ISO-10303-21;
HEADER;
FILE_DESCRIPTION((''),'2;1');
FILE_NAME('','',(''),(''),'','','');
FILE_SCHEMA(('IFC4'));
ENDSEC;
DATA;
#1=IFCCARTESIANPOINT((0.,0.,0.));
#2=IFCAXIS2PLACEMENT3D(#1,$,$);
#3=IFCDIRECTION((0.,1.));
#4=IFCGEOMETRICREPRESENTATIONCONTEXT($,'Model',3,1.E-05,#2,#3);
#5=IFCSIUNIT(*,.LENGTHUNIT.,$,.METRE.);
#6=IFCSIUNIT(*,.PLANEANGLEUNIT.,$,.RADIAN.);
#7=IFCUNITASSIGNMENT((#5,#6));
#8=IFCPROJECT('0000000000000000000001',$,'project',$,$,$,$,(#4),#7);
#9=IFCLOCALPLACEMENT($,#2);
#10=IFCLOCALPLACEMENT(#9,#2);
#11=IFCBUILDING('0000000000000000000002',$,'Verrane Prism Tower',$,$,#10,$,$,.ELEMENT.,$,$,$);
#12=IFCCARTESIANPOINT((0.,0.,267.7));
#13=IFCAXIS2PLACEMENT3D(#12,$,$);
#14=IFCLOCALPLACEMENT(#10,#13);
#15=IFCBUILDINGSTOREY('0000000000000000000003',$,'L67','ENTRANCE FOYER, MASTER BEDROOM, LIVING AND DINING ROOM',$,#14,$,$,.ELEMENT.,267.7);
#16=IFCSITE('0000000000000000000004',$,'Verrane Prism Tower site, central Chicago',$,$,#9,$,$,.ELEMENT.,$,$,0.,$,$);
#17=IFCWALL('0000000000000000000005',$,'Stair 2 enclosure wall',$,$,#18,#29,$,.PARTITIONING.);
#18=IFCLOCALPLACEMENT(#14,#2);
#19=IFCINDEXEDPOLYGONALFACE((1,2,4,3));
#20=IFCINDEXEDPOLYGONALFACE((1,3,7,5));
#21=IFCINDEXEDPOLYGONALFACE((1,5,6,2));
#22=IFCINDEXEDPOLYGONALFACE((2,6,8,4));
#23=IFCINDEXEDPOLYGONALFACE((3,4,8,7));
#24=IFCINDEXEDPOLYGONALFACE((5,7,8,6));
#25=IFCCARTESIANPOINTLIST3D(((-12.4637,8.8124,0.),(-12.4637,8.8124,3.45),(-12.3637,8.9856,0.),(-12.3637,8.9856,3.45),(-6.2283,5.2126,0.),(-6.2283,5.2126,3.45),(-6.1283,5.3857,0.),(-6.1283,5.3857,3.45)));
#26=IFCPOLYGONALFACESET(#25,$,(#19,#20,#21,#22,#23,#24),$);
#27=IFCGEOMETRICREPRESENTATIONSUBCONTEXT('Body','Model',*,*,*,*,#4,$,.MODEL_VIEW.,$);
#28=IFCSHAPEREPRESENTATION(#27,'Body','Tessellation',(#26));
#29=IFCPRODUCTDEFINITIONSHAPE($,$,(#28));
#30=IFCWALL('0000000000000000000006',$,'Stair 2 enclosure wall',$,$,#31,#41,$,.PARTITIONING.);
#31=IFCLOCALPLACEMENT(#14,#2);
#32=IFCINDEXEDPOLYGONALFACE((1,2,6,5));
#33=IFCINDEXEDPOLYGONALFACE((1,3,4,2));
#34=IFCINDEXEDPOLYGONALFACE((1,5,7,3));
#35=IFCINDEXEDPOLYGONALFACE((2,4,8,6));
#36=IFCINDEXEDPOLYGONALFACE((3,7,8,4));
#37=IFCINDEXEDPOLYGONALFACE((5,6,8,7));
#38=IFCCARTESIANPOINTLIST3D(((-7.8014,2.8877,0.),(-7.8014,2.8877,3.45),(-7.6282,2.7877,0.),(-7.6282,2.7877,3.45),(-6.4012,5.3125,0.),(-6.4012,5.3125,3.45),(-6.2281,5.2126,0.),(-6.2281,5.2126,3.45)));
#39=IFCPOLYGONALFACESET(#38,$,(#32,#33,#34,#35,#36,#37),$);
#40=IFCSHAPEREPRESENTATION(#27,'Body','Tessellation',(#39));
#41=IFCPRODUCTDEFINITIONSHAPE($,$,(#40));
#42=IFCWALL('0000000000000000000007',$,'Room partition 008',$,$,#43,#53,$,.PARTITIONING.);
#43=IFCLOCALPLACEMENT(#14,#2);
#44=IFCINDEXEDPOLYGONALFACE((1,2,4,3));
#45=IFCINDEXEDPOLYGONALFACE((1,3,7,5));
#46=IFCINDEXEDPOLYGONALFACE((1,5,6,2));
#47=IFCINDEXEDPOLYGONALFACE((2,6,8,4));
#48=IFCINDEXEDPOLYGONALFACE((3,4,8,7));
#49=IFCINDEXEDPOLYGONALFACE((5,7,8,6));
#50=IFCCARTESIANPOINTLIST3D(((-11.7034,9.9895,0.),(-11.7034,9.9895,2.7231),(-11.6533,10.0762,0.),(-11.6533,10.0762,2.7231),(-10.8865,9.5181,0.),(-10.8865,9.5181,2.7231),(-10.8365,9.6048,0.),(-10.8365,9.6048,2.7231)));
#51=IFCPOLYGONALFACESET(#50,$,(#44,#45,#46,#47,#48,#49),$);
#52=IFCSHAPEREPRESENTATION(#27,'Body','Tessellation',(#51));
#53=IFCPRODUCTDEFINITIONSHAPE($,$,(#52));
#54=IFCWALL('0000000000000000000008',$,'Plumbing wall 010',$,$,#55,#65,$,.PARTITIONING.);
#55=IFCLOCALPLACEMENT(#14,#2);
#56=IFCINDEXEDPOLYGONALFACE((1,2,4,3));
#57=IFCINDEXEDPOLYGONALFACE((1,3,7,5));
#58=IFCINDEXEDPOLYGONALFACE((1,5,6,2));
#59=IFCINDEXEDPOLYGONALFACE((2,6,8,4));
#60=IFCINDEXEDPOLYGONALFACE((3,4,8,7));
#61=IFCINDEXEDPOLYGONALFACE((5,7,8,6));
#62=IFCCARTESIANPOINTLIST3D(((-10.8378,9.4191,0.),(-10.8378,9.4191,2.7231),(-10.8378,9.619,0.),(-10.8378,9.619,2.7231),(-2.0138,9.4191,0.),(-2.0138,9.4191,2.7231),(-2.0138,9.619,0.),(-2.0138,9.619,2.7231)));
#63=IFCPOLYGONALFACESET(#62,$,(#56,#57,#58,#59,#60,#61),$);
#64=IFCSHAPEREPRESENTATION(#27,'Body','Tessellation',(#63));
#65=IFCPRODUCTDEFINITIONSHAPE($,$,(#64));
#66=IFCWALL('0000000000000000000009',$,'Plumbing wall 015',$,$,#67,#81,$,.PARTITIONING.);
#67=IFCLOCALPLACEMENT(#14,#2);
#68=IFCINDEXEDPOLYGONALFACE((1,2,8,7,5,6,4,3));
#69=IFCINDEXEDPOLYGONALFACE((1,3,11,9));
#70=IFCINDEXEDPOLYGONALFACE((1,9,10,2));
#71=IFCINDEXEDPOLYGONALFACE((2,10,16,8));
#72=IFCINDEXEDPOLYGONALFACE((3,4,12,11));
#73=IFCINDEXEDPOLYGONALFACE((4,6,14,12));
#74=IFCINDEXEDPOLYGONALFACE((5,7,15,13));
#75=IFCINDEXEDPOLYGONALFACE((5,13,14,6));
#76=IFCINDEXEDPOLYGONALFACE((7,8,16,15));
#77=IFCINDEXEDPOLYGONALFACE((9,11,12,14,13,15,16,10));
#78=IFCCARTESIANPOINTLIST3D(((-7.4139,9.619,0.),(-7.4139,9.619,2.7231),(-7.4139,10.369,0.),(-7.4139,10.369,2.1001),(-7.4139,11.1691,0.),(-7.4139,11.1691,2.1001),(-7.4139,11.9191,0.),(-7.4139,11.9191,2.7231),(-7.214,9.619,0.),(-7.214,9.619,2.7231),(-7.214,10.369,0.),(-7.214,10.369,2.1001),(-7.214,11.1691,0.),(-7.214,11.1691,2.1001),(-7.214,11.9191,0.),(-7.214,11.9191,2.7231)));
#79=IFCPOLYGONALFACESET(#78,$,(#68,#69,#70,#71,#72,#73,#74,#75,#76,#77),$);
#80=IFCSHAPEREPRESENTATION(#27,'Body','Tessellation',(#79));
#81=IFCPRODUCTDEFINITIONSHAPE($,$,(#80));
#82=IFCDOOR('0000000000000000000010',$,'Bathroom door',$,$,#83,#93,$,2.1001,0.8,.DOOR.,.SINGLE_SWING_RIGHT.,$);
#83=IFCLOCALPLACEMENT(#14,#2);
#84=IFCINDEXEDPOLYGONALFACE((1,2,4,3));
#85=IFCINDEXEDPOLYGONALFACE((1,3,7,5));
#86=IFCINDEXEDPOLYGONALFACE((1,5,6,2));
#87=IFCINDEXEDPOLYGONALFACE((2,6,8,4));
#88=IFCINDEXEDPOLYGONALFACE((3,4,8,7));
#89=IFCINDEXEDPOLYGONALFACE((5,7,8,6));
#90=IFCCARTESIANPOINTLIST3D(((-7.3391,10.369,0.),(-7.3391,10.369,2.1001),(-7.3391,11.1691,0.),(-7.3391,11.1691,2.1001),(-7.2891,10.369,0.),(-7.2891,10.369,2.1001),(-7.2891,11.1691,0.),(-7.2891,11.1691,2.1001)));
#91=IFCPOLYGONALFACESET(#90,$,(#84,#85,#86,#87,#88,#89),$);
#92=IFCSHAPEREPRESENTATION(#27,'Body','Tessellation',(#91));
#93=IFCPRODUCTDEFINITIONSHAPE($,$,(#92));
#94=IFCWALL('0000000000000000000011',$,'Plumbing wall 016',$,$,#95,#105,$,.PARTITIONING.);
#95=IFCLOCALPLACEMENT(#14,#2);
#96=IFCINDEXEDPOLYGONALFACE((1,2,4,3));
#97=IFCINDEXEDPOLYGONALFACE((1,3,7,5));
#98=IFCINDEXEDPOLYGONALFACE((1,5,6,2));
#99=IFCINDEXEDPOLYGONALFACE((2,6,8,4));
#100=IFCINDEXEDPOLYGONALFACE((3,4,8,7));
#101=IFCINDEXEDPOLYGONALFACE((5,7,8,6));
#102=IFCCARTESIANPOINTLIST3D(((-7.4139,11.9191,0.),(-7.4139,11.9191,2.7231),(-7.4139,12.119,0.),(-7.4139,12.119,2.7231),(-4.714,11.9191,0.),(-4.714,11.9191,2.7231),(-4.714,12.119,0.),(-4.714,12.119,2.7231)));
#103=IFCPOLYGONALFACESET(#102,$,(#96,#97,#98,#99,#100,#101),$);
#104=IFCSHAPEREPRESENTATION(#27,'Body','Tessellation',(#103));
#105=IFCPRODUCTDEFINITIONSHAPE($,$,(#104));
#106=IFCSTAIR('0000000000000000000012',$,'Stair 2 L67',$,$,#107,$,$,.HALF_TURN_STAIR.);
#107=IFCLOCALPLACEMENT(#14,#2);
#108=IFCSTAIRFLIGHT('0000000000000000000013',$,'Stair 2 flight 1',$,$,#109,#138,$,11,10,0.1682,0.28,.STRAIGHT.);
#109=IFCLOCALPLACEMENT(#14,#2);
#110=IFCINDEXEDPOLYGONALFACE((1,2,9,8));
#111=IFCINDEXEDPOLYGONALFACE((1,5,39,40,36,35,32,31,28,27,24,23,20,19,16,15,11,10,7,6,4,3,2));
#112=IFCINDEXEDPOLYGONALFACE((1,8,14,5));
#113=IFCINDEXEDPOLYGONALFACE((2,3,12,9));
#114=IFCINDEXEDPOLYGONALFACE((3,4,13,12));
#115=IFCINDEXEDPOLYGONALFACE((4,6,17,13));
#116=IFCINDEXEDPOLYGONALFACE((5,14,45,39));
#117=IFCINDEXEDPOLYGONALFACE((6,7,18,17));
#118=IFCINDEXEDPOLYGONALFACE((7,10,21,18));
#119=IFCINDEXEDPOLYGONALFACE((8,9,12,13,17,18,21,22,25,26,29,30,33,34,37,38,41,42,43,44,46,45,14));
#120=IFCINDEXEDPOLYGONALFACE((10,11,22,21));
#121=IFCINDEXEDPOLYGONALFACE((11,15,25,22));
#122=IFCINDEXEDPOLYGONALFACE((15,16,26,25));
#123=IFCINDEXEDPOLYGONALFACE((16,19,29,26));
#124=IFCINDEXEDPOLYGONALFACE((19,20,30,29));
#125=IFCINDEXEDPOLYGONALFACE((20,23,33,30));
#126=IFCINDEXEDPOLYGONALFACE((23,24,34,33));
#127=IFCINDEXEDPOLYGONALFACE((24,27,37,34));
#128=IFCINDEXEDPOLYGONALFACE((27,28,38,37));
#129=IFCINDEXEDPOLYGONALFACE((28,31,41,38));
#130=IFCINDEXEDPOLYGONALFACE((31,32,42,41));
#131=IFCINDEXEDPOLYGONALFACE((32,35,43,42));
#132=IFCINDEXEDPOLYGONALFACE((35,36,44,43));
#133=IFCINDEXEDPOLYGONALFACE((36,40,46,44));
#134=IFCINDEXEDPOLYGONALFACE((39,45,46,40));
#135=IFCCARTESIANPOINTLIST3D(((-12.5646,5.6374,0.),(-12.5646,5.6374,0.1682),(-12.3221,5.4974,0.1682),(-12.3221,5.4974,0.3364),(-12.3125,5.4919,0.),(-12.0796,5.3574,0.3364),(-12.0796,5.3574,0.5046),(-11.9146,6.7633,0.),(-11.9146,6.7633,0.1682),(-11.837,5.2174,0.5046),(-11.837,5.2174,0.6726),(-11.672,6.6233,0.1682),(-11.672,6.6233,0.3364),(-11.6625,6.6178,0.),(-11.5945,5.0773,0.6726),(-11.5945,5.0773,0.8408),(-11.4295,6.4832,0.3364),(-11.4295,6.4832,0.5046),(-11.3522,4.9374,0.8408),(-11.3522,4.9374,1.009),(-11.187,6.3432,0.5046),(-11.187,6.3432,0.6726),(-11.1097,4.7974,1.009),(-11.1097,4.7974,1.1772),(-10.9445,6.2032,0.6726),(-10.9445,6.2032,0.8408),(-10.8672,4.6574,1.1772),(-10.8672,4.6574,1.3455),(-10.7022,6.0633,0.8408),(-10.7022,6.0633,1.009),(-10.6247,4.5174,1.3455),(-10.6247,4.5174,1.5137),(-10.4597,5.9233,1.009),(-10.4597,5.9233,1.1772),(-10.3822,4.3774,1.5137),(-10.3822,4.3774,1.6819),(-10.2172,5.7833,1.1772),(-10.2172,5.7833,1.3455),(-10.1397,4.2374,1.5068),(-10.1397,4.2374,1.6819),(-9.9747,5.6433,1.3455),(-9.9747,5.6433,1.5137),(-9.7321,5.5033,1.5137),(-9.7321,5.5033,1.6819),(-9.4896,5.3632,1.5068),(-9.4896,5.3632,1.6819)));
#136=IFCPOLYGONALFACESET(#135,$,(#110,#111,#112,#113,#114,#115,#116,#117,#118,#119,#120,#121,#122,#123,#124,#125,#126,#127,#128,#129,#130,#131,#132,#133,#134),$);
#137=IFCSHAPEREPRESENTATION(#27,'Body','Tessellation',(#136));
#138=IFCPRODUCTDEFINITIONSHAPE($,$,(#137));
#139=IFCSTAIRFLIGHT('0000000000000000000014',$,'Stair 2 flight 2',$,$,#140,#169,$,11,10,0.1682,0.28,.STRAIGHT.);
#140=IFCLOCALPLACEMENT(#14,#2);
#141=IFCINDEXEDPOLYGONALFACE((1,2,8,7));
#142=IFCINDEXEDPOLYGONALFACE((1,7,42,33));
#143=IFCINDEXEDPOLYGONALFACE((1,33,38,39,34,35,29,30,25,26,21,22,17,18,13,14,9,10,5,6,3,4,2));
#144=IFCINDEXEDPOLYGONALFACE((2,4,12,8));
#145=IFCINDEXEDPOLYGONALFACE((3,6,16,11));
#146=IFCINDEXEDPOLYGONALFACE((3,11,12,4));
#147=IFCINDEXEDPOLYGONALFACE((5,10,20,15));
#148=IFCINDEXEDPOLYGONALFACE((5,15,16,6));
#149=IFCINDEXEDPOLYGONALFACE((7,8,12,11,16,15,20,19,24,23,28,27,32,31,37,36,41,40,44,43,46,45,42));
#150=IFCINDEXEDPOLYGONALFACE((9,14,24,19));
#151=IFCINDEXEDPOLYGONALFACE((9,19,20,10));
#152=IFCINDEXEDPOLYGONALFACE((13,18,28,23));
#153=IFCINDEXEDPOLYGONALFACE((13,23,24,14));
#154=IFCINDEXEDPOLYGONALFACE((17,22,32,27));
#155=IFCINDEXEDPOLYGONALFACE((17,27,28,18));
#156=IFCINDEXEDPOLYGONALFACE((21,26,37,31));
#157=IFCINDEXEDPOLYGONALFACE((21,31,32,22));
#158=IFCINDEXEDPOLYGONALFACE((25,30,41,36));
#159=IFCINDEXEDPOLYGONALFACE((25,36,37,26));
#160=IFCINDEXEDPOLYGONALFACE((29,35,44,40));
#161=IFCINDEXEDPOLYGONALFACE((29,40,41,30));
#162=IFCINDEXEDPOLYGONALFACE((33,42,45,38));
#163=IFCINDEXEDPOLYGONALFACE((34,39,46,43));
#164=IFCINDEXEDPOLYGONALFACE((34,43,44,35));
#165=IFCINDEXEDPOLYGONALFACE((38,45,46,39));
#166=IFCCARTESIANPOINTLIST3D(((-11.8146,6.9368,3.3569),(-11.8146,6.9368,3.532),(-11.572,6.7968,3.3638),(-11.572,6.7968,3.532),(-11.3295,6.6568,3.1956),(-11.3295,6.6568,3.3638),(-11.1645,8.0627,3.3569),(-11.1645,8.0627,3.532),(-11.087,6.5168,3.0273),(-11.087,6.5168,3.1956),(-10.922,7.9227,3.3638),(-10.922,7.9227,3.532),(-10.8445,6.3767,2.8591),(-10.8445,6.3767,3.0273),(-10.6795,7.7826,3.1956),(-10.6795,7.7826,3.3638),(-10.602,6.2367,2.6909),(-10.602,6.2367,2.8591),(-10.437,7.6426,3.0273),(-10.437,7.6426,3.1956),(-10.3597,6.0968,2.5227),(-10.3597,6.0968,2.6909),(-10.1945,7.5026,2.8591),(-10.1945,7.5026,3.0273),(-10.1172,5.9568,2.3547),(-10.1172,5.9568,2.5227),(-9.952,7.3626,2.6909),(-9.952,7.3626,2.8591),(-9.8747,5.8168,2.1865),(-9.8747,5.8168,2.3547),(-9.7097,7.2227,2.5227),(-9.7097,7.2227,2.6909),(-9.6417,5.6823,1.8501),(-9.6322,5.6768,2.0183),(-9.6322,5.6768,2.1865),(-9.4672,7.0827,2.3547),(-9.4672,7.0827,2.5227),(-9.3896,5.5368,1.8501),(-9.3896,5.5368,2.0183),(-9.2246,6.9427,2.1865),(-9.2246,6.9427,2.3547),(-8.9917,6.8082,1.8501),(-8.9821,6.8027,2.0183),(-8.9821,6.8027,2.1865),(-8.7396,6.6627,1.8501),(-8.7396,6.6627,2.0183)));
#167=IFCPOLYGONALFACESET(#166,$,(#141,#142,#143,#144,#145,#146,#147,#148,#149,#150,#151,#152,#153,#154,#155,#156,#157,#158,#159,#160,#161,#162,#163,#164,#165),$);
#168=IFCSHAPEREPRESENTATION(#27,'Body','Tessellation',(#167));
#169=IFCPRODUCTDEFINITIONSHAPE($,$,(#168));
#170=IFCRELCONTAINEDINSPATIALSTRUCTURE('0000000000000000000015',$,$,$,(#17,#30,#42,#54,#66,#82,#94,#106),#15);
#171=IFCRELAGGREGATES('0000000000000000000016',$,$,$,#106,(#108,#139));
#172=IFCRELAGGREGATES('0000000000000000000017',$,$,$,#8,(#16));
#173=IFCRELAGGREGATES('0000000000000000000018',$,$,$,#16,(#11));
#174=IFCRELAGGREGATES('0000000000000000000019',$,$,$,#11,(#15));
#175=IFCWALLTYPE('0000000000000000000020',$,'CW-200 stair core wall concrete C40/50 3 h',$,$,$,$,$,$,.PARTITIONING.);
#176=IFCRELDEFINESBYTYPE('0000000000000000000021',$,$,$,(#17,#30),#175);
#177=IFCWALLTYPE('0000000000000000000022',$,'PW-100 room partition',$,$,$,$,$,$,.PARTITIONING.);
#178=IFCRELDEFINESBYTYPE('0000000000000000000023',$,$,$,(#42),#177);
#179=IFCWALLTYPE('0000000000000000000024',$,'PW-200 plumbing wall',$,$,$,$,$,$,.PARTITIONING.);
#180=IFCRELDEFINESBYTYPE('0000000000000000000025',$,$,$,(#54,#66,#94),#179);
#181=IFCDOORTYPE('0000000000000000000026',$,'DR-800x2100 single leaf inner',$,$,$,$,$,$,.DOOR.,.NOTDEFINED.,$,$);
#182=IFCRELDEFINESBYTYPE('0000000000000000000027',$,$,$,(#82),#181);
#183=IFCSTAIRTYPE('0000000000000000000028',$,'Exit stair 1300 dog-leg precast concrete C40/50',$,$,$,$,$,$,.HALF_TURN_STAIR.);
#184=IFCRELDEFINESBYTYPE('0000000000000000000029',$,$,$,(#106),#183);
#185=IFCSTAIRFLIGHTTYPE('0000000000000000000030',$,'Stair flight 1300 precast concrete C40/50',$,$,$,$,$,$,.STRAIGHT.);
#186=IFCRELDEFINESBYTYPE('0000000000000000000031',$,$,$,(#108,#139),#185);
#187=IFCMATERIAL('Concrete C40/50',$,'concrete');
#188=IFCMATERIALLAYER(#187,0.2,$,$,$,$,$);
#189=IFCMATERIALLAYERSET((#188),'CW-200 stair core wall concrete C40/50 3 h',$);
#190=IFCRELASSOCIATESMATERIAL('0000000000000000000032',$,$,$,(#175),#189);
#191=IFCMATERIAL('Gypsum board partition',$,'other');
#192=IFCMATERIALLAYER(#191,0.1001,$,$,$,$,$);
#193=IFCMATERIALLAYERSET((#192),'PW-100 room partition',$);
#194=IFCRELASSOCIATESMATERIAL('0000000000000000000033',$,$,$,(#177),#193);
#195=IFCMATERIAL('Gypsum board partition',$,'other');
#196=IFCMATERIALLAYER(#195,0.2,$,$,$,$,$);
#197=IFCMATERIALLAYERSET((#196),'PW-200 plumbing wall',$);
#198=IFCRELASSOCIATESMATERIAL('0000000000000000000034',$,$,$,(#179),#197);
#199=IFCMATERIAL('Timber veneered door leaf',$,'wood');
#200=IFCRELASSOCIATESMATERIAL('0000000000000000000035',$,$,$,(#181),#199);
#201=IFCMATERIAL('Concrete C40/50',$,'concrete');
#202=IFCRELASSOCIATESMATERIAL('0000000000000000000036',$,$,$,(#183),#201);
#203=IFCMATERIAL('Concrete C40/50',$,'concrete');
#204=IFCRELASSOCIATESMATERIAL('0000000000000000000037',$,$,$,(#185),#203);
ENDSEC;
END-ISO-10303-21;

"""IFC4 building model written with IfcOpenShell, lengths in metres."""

from ifc_helpers import new_model, si_unit, direction, frame, frame_2d, origin, place, context, subcontext, project, spatial, polyline, rectangle, outline, extrude, material, layer, layer_set, type_object, element, fill, aggregate, save


model = new_model("IFC4")

# Units and contexts
model_context = context("Model", 3, precision=1e-05, world=origin(), true_north=direction((0.0, 1.0)))
body_context = subcontext(model_context, "Body", "Model", "MODEL_VIEW")
ifc_project = project(units=[si_unit("LENGTHUNIT", "METRE"), si_unit("PLANEANGLEUNIT", "RADIAN")], contexts=[model_context])

# Site, building, storey
site_placement = place(None, origin())
site = spatial("IfcSite", under=ifc_project, at=site_placement, Name="Verrane Prism Tower site, central Chicago", CompositionType="ELEMENT", RefElevation=0.0)
building_placement = place(site_placement, origin())
building = spatial("IfcBuilding", under=site, at=building_placement, Name="Verrane Prism Tower", CompositionType="ELEMENT")
storey_placement = place(building_placement, frame((0.0, 0.0, 267.7)))
storey = spatial("IfcBuildingStorey", under=building, at=storey_placement, Name="L67", Description="ENTRANCE FOYER, MASTER BEDROOM, LIVING AND DINING ROOM", CompositionType="ELEMENT", Elevation=267.7)

# Walls
ifc_material_1 = material(Name="Concrete C40/50", Category="concrete")
ifc_layer_1 = layer(ifc_material_1, 0.2)
ifc_layer_set_1 = layer_set([ifc_layer_1], Name="CW-200 stair core wall concrete C40/50 3 h")
wall_type_1 = type_object("IfcWallType", Name="CW-200 stair core wall concrete C40/50 3 h", PredefinedType="PARTITIONING", material=ifc_layer_set_1)
for number, where, z_axis, x_axis, name in (
    (1, (-6.1782, 5.2991, 0.0), (0.0, 0.0, 1.0), (-0.866033, 0.499987, 0.0), "Stair 2 enclosure wall"),
):
    element("IfcWall", number, at=place(storey_placement, frame(where, z_axis=z_axis, x_axis=x_axis)), inside=storey, type_object=wall_type_1, Name=name, PredefinedType="PARTITIONING", context=body_context, shape_type="SweptSolid", body=[
        extrude(rectangle(XDim=7.2, YDim=0.2, at=frame_2d((3.6001, 0.0))), origin(), (0.0, 0.0, 1.0), 3.45),
    ])
wall_1_placement = place(storey_placement, frame((-6.3147, 5.2625, 0.0), z_axis=(0.0, 0.0, 1.0), x_axis=(-0.50005, -0.865997, 0.0)))
element("IfcWall", 2, at=wall_1_placement, inside=storey, type_object=wall_type_1, Name="Stair 2 enclosure wall", PredefinedType="PARTITIONING", context=body_context, shape_type="SweptSolid", body=[
    extrude(rectangle(XDim=2.8, YDim=0.2, at=frame_2d((1.3999, 0.0))), origin(), (0.0, 0.0, 1.0), 3.45),
])
ifc_material_2 = material(Name="Gypsum board partition", Category="other")
ifc_layer_2 = layer(ifc_material_2, 0.1001)
ifc_layer_set_2 = layer_set([ifc_layer_2], Name="PW-100 room partition")
wall_type_2 = type_object("IfcWallType", Name="PW-100 room partition", PredefinedType="PARTITIONING", material=ifc_layer_set_2)
wall_2_placement = place(storey_placement, frame((-11.6785, 10.033, 0.0), z_axis=(0.0, 0.0, 1.0), x_axis=(0.866117, -0.499842, 0.0)))
element("IfcWall", 3, at=wall_2_placement, inside=storey, type_object=wall_type_2, Name="Room partition 008", PredefinedType="PARTITIONING", context=body_context, shape_type="SweptSolid", body=[
    extrude(rectangle(XDim=0.9431, YDim=0.1001, at=frame_2d((0.4717, 0.0))), origin(), (0.0, 0.0, 1.0), 2.7231),
])
ifc_material_3 = material(Name="Gypsum board partition", Category="other")
ifc_layer_3 = layer(ifc_material_3, 0.2)
ifc_layer_set_3 = layer_set([ifc_layer_3], Name="PW-200 plumbing wall")
wall_type_3 = type_object("IfcWallType", Name="PW-200 plumbing wall", PredefinedType="PARTITIONING", material=ifc_layer_set_3)
wall_3_placement = place(storey_placement, frame((-10.8379, 9.519, 0.0), z_axis=(0.0, 0.0, 1.0), x_axis=(1.0, 0.0, 0.0)))
element("IfcWall", 4, at=wall_3_placement, inside=storey, type_object=wall_type_3, Name="Plumbing wall 010", PredefinedType="PARTITIONING", context=body_context, shape_type="SweptSolid", body=[
    extrude(rectangle(XDim=8.824, YDim=0.2, at=frame_2d((4.4121, 0.0))), origin(), (0.0, 0.0, 1.0), 2.7231),
])

# Wall, opening, door
wall_4_placement = place(storey_placement, frame((-7.314, 11.9189, 0.0), z_axis=(0.0, 0.0, 1.0), x_axis=(0.0, -1.0, 0.0)))
wall_4 = element("IfcWall", 5, at=wall_4_placement, inside=storey, type_object=wall_type_3, Name="Plumbing wall 015", PredefinedType="PARTITIONING", context=body_context, shape_type="SweptSolid", body=[
    extrude(rectangle(XDim=2.3, YDim=0.2, at=frame_2d((1.1499, 0.0))), origin(), (0.0, 0.0, 1.0), 2.7231),
])
opening_placement = place(wall_4_placement, frame((0.75, 0.0, 0.0)))
opening = element("IfcOpeningElement", 6, at=opening_placement, cuts=wall_4, PredefinedType="OPENING", context=body_context, shape_type="SweptSolid", body=[
    extrude(rectangle(XDim=0.8, YDim=2.1001, at=frame_2d((0.3999, 1.05))), frame((0.0, 0.1099, 0.0), z_axis=(0.0, -1.0, 0.0), x_axis=(1.0, 0.0, 0.0)), (0.0, 0.0, 1.0), 0.22),
])
ifc_material_4 = material(Name="Timber veneered door leaf", Category="wood")
door_type = type_object("IfcDoorType", Name="DR-800x2100 single leaf inner", OperationType="NOTDEFINED", PredefinedType="DOOR", material=ifc_material_4)
door_placement = place(opening_placement, origin())
door = element("IfcDoor", 7, at=door_placement, inside=storey, type_object=door_type, Name="Bathroom door", OperationType="SINGLE_SWING_RIGHT", OverallHeight=2.1001, OverallWidth=0.8, PredefinedType="DOOR", context=body_context, shape_type="SweptSolid", body=[
    extrude(rectangle(XDim=0.8, YDim=2.1001, at=frame_2d((0.3999, 1.05))), frame((0.0, 0.0249, 0.0), z_axis=(0.0, -1.0, 0.0), x_axis=(1.0, 0.0, 0.0)), (0.0, 0.0, 1.0), 0.05),
])
fill(opening, door)

# Wall
wall_5_placement = place(storey_placement, frame((-7.4141, 12.019, 0.0), z_axis=(0.0, 0.0, 1.0), x_axis=(1.0, 0.0, 0.0)))
element("IfcWall", 8, at=wall_5_placement, inside=storey, type_object=wall_type_3, Name="Plumbing wall 016", PredefinedType="PARTITIONING", context=body_context, shape_type="SweptSolid", body=[
    extrude(rectangle(XDim=2.7, YDim=0.2, at=frame_2d((1.3501, 0.0))), origin(), (0.0, 0.0, 1.0), 2.7231),
])

# Stair, stair flights
ifc_material_5 = material(Name="Concrete C40/50", Category="concrete")
stair_type = type_object("IfcStairType", Name="Exit stair 1300 dog-leg precast concrete C40/50", PredefinedType="HALF_TURN_STAIR", material=ifc_material_5)
stair_placement = place(storey_placement, origin())
stair = element("IfcStair", 9, at=stair_placement, inside=storey, type_object=stair_type, Name="Stair 2 L67", PredefinedType="HALF_TURN_STAIR")
ifc_material_6 = material(Name="Concrete C40/50", Category="concrete")
stair_flight_type = type_object("IfcStairFlightType", Name="Stair flight 1300 precast concrete C40/50", PredefinedType="STRAIGHT", material=ifc_material_6)
stair_flight_1_placement = place(storey_placement, frame((-12.2395, 6.2004, 0.0), z_axis=(0.0, 0.0, 1.0), x_axis=(0.866025, -0.5, 0.0)))
stair_flight_1 = element("IfcStairFlight", 10, at=stair_flight_1_placement, type_object=stair_flight_type, Name="Stair 2 flight 1", NumberOfRisers=11, NumberOfTreads=10, PredefinedType="STRAIGHT", RiserHeight=0.1682, TreadLength=0.28, context=body_context, shape_type="SweptSolid", body=[
    extrude(outline(polyline([(0.0, 0.0), (0.0, 0.1682), (0.28, 0.1682), (0.28, 0.3364), (0.5601, 0.3364), (0.5601, 0.5046), (0.8401, 0.5046), (0.8401, 0.6726), (1.1201, 0.6726), (1.1201, 0.8408), (1.3999, 0.8408), (1.3999, 1.009), (1.6799, 1.009), (1.6799, 1.1772), (1.96, 1.1772), (1.96, 1.3455), (2.24, 1.3455), (2.24, 1.5137), (2.52, 1.5137), (2.52, 1.6819), (2.8, 1.6819), (2.8, 1.8501), (2.8, 1.5068), (0.291, 0.0), (0.0, 0.0)])), frame((0.0, 0.6499, 0.0), z_axis=(0.0, -1.0, 0.0), x_axis=(1.0, 0.0, 0.0)), (0.0, 0.0, 1.0), 1.3),
])
stair_flight_2_placement = place(storey_placement, frame((-9.0647, 6.0996, 1.8501), z_axis=(0.0, 0.0, 1.0), x_axis=(-0.866025, 0.5, 0.0)))
stair_flight_2 = element("IfcStairFlight", 11, at=stair_flight_2_placement, type_object=stair_flight_type, Name="Stair 2 flight 2", NumberOfRisers=11, NumberOfTreads=10, PredefinedType="STRAIGHT", RiserHeight=0.1682, TreadLength=0.28, context=body_context, shape_type="SweptSolid", body=[
    extrude(outline(polyline([(0.0, 0.0), (0.0, 0.1682), (0.28, 0.1682), (0.28, 0.3364), (0.5601, 0.3364), (0.5601, 0.5046), (0.8401, 0.5046), (0.8401, 0.6726), (1.1201, 0.6726), (1.1201, 0.8408), (1.3999, 0.8408), (1.3999, 1.009), (1.6799, 1.009), (1.6799, 1.1772), (1.96, 1.1772), (1.96, 1.3455), (2.24, 1.3455), (2.24, 1.5137), (2.52, 1.5137), (2.52, 1.6819), (2.8, 1.6819), (2.8, 1.8501), (2.8, 1.5068), (0.291, 0.0), (0.0, 0.0)])), frame((0.0, 0.6499, 0.0), z_axis=(0.0, -1.0, 0.0), x_axis=(1.0, 0.0, 0.0)), (0.0, 0.0, 1.0), 1.3),
])
aggregate(stair, [stair_flight_1, stair_flight_2])

save(model, "model.ifc")
